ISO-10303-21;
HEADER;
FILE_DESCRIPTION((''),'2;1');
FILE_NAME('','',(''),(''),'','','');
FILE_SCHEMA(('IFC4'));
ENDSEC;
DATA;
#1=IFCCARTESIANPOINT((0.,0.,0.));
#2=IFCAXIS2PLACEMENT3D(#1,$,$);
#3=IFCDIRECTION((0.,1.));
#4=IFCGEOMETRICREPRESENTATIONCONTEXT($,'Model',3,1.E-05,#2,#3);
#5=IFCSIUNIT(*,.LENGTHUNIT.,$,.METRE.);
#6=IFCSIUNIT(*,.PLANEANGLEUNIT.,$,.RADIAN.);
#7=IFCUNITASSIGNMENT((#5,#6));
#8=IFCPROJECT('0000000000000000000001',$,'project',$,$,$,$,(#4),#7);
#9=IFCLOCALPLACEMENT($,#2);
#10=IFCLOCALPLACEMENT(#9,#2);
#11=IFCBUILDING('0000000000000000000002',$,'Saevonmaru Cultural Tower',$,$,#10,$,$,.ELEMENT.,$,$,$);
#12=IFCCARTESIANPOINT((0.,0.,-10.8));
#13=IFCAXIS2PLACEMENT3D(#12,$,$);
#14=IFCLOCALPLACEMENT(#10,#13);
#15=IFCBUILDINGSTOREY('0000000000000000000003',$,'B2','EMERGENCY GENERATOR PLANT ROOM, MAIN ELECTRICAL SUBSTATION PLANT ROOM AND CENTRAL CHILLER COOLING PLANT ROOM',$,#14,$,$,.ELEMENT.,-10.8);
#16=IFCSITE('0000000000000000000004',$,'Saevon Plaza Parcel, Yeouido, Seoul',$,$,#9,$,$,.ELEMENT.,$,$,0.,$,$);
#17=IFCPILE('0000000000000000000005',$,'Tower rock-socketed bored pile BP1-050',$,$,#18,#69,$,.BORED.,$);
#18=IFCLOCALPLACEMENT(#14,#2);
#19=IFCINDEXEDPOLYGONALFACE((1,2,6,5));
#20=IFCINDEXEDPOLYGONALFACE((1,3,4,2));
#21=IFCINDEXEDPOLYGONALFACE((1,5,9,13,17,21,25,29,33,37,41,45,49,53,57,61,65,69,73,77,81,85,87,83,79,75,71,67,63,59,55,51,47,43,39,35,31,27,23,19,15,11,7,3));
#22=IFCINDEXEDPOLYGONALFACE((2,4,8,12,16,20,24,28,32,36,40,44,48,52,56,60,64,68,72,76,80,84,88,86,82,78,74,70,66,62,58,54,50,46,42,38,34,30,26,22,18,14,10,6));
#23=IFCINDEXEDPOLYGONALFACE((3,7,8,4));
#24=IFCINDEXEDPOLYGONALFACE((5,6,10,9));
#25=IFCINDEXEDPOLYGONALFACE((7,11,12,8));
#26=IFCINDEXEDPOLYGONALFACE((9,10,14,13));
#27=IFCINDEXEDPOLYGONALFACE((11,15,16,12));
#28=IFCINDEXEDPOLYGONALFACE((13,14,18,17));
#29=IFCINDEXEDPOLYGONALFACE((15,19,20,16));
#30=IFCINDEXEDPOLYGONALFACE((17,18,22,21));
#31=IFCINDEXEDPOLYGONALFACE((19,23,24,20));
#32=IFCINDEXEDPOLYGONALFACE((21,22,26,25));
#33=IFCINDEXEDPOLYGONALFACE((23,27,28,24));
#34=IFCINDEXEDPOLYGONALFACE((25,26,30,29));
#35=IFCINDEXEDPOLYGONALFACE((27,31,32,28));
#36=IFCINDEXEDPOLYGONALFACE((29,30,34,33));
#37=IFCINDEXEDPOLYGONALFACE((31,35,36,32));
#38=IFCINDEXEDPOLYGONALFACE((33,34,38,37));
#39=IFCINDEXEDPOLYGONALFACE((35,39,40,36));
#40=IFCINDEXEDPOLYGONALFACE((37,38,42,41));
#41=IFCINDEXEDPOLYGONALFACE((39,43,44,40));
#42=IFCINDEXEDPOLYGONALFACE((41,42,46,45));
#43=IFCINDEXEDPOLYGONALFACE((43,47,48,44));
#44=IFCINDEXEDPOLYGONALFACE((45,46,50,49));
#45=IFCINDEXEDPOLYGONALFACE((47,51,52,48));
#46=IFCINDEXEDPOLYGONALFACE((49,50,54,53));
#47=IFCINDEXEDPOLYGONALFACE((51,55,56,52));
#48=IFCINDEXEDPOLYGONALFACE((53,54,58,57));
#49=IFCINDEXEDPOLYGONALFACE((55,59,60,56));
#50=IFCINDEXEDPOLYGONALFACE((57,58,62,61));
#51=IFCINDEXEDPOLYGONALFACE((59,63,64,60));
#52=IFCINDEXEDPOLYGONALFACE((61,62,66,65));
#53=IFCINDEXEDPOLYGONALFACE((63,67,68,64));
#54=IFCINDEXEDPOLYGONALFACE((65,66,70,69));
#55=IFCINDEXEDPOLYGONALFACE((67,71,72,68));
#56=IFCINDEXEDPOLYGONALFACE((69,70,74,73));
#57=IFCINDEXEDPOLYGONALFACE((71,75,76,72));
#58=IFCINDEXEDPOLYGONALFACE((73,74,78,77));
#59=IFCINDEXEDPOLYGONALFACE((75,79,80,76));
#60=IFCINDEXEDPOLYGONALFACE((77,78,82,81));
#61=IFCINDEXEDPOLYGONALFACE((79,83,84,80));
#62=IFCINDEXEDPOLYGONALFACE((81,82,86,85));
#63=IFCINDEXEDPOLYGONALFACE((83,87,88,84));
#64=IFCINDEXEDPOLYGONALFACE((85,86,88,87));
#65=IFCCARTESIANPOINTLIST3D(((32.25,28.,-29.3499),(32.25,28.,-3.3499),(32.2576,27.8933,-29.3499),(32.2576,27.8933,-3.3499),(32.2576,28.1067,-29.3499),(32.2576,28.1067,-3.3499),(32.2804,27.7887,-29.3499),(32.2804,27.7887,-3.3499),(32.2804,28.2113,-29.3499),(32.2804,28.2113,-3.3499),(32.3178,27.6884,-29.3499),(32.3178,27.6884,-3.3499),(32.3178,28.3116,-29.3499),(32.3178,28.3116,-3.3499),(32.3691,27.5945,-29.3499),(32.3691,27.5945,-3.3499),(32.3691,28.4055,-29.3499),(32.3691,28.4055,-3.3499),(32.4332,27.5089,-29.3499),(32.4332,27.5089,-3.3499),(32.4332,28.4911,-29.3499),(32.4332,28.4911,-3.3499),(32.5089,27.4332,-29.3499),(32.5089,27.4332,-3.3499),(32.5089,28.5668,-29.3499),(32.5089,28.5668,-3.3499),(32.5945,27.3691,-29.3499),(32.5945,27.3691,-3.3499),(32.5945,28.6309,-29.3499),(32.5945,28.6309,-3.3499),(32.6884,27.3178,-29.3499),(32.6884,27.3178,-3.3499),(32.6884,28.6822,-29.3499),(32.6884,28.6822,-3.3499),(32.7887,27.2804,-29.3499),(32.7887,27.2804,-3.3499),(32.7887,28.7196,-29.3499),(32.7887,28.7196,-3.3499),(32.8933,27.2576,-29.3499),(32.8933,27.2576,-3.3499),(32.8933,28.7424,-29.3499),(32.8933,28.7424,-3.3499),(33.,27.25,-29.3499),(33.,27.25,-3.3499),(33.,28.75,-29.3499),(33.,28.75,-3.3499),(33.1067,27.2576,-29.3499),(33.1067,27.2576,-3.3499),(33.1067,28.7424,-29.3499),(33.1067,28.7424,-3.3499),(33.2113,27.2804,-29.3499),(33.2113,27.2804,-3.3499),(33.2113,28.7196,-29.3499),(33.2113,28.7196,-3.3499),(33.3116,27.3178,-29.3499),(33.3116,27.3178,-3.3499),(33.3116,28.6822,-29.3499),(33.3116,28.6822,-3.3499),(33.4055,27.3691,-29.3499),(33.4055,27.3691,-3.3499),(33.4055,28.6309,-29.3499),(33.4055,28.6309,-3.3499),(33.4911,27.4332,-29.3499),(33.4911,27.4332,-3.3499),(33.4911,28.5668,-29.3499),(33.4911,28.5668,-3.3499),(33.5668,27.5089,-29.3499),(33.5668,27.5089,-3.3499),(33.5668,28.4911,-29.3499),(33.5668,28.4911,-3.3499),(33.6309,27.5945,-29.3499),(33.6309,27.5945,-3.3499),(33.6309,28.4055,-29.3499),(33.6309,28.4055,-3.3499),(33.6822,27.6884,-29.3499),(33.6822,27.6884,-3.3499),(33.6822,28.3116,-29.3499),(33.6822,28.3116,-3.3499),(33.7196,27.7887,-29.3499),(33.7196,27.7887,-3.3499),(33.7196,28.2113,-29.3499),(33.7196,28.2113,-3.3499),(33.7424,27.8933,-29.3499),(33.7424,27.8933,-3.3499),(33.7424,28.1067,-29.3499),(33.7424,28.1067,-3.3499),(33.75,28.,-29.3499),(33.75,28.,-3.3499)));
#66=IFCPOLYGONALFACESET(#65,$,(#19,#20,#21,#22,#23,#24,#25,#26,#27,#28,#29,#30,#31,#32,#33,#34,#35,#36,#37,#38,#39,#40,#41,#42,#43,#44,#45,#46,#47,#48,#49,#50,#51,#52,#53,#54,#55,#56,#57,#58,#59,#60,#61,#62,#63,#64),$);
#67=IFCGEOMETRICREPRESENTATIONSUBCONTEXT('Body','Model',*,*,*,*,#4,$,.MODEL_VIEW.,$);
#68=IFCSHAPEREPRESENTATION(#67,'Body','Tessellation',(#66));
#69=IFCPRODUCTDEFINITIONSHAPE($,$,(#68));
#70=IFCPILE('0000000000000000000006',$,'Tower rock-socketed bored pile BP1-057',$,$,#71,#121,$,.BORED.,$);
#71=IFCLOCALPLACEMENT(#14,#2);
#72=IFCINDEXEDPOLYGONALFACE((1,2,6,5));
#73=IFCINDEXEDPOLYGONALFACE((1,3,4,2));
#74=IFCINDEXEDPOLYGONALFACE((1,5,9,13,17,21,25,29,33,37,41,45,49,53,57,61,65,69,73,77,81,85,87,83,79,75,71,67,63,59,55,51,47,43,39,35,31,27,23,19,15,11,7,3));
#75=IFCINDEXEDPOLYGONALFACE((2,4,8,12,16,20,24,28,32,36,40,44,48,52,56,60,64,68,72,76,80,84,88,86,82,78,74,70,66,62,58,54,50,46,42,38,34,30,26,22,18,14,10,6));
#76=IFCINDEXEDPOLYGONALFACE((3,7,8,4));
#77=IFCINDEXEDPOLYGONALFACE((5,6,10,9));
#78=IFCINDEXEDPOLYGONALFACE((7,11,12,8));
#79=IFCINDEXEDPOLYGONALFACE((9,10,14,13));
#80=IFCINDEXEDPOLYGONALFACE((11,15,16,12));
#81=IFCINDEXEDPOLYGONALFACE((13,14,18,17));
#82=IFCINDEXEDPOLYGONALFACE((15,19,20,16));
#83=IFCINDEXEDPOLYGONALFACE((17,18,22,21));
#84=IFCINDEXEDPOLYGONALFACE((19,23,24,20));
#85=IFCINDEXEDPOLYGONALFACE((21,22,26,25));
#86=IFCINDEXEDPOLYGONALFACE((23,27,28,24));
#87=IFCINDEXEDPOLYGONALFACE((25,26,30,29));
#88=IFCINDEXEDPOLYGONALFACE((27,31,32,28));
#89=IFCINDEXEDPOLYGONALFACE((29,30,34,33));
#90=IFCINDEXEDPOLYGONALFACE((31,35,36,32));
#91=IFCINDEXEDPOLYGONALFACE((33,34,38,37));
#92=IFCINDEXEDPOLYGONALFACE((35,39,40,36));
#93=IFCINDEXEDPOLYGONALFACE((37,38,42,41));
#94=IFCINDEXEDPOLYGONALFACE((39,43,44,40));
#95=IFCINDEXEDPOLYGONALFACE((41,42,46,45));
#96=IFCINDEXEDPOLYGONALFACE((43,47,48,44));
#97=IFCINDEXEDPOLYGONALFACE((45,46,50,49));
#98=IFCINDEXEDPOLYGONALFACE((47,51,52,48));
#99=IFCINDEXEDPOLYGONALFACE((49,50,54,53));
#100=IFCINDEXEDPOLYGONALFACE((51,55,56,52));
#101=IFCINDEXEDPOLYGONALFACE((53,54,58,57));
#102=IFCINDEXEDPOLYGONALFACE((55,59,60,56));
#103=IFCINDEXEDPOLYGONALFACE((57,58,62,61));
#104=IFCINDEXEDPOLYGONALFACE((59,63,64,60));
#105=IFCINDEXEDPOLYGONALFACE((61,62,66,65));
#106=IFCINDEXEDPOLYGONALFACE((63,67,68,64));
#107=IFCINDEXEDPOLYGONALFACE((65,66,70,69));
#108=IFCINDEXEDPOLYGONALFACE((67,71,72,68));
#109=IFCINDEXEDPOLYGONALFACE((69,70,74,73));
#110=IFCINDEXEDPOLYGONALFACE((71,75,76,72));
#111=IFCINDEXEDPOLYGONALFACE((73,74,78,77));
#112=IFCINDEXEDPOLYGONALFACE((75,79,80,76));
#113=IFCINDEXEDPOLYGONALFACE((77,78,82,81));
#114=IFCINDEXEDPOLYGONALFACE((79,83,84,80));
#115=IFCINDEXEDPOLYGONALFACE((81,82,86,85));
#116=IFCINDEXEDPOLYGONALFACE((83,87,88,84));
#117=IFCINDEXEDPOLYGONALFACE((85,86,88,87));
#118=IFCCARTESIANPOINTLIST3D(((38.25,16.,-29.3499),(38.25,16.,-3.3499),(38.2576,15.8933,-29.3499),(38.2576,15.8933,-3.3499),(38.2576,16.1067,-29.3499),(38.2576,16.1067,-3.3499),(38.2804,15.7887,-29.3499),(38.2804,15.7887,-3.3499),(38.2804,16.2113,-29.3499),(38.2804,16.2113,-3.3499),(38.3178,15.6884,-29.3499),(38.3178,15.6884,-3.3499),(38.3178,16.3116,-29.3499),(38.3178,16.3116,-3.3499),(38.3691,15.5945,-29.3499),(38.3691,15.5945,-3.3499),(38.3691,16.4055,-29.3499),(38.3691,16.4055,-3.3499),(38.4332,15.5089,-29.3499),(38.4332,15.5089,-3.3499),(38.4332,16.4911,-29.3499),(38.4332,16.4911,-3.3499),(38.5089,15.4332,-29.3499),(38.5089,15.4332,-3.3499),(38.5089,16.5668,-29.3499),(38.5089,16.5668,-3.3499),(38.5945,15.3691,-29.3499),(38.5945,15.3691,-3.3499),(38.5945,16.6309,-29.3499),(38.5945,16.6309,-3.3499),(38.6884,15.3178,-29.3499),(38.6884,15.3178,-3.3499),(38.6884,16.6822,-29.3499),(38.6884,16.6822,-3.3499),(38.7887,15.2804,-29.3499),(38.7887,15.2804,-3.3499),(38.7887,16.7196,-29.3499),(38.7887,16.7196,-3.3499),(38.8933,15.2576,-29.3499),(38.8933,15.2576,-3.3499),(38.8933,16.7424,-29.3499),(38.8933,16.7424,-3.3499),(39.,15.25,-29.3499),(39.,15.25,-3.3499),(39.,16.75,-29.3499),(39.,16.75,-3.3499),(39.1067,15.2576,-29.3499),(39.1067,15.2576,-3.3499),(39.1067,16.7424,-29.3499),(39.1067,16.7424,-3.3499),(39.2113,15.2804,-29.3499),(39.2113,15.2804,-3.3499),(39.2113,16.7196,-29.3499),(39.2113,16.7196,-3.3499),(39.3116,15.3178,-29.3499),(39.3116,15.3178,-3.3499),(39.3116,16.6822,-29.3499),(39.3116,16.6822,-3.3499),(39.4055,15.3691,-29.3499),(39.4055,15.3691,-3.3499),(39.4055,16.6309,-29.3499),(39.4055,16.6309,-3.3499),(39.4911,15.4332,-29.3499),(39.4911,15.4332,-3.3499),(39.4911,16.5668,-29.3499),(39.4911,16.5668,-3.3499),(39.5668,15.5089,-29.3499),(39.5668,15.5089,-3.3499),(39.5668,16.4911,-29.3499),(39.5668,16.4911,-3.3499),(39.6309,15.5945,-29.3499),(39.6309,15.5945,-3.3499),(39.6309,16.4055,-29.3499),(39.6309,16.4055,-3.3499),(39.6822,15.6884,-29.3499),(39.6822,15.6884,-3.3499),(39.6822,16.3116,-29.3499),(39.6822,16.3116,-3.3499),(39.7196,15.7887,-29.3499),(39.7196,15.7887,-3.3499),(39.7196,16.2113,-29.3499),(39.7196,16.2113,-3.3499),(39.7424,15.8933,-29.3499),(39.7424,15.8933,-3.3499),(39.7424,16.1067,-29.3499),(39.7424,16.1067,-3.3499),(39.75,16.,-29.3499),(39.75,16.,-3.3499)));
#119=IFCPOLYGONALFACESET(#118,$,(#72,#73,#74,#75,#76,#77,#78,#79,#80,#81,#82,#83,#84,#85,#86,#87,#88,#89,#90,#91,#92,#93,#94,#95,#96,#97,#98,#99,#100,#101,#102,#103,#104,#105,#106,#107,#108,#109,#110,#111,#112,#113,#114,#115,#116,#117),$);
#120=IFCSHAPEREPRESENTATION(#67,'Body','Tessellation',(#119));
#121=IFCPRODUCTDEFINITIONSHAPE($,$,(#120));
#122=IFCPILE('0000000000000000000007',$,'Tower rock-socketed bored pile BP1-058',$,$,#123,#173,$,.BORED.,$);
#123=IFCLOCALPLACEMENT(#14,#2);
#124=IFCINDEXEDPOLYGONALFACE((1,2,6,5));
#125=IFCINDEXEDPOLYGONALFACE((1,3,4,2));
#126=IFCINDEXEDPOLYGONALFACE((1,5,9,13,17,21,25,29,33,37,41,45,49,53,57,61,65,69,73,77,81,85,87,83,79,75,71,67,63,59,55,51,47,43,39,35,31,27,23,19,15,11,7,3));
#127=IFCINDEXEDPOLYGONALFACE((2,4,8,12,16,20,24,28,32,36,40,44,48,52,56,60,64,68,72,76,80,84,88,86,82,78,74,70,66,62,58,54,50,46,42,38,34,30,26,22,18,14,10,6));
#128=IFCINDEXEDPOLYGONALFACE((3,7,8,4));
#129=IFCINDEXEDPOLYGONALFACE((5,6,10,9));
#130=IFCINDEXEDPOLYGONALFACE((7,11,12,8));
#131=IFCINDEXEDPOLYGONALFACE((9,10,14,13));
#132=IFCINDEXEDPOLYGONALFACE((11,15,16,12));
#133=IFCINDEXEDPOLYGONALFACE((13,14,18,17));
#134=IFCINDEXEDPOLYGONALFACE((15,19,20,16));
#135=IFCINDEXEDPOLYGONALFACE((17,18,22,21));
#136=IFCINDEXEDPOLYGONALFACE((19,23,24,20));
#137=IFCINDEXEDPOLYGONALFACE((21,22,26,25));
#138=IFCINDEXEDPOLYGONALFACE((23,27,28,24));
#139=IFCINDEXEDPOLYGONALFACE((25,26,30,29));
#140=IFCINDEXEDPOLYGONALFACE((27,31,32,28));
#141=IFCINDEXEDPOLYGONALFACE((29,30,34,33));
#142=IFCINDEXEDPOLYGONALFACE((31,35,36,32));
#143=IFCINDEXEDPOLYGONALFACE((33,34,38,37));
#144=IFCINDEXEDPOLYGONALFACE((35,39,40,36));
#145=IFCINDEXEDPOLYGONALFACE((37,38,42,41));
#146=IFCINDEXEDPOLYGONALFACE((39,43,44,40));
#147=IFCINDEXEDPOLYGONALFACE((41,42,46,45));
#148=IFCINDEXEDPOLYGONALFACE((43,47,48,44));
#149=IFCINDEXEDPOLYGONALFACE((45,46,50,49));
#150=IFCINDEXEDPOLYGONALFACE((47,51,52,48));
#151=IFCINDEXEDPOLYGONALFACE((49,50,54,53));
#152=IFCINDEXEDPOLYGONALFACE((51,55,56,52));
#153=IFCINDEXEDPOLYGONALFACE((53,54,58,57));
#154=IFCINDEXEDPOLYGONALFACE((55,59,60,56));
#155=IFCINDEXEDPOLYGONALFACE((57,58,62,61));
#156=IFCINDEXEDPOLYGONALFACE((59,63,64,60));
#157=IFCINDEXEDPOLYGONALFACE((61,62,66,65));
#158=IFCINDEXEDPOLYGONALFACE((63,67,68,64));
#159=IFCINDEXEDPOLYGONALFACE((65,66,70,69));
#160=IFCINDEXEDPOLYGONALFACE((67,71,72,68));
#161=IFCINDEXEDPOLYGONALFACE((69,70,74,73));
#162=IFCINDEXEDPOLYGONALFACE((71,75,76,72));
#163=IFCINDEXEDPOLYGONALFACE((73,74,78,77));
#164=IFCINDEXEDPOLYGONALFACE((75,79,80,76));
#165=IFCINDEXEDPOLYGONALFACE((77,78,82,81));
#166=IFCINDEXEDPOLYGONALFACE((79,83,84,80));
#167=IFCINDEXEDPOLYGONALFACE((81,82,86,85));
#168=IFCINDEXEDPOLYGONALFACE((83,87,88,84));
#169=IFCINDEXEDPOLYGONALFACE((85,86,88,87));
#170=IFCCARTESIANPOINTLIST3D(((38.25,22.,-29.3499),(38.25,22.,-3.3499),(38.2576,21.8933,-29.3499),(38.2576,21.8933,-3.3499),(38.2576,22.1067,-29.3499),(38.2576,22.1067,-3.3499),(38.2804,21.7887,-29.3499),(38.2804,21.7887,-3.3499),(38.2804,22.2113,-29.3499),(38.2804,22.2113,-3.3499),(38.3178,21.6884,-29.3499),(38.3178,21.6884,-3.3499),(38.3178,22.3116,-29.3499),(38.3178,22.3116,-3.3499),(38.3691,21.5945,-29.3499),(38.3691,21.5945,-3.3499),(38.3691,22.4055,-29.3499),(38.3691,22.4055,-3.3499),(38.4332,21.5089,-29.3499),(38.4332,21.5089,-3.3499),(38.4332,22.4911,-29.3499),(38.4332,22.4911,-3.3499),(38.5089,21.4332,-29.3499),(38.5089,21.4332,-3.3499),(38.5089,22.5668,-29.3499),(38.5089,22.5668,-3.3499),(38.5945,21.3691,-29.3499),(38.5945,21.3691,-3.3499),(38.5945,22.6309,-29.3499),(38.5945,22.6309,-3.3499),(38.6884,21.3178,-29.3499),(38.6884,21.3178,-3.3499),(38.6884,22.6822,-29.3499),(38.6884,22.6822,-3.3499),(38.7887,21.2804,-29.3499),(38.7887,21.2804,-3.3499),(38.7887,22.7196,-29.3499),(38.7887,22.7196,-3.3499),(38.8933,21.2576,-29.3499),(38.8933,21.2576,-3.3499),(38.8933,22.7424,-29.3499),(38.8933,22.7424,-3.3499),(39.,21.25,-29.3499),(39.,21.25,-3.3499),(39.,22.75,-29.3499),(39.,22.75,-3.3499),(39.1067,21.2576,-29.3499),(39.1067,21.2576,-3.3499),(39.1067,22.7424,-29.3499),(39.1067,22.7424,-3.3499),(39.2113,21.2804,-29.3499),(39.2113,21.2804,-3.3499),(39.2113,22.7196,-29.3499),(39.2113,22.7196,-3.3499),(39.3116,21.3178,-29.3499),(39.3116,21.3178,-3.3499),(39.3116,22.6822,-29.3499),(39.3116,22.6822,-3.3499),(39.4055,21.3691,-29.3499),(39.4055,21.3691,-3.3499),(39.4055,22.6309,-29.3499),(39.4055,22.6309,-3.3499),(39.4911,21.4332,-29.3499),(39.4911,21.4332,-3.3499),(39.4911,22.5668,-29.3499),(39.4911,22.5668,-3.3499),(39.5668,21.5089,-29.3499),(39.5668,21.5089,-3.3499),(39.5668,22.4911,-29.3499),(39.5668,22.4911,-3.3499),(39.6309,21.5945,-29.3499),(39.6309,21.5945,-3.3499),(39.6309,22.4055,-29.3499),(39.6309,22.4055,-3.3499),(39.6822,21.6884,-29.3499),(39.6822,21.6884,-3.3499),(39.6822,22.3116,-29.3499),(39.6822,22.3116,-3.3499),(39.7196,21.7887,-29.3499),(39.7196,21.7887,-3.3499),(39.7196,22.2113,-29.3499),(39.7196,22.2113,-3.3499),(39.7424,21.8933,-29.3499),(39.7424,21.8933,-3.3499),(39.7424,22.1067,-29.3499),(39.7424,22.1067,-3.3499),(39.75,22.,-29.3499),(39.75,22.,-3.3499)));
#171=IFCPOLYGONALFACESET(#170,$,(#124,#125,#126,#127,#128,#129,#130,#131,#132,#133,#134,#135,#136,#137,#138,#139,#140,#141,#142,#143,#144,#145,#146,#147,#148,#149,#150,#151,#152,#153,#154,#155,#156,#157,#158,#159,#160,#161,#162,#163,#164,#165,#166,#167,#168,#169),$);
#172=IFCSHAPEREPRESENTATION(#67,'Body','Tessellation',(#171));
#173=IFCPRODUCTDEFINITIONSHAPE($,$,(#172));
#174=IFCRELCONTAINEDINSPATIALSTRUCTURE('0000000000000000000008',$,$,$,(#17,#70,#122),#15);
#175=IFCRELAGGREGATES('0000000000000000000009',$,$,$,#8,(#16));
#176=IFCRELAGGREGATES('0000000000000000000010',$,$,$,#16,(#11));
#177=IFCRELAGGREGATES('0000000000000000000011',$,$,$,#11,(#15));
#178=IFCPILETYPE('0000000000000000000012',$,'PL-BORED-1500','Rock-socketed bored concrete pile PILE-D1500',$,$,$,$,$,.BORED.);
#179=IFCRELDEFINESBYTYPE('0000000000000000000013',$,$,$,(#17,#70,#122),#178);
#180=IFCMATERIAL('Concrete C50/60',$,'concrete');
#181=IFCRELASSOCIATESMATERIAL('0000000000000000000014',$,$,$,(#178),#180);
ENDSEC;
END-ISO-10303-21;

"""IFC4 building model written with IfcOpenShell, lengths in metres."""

from ifc_helpers import new_model, si_unit, direction, frame, origin, origin_2d, place, context, subcontext, project, spatial, circle, extrude, material, material_profile, profile_set, type_object, element, save


model = new_model("IFC4")

# Units and contexts
model_context = context("Model", 3, precision=1e-05, world=origin(), true_north=direction((0.0, 1.0)))
body_context = subcontext(model_context, "Body", "Model", "MODEL_VIEW")
ifc_project = project(units=[si_unit("LENGTHUNIT", "METRE"), si_unit("PLANEANGLEUNIT", "RADIAN")], contexts=[model_context])

# Site, building, storey
site_placement = place(None, origin())
site = spatial("IfcSite", under=ifc_project, at=site_placement, Name="Saevon Plaza Parcel, Yeouido, Seoul", CompositionType="ELEMENT", RefElevation=0.0)
building_placement = place(site_placement, origin())
building = spatial("IfcBuilding", under=site, at=building_placement, Name="Saevonmaru Cultural Tower", CompositionType="ELEMENT")
storey_placement = place(building_placement, frame((0.0, 0.0, -10.8)))
storey = spatial("IfcBuildingStorey", under=building, at=storey_placement, Name="B2", Description="EMERGENCY GENERATOR PLANT ROOM, MAIN ELECTRICAL SUBSTATION PLANT ROOM AND CENTRAL CHILLER COOLING PLANT ROOM", CompositionType="ELEMENT", Elevation=-10.8)

# Piles
ifc_material_1 = material(Name="Concrete C50/60", Category="concrete")
ifc_material_profile_1 = material_profile(ifc_material_1, circle(Radius=0.75, at=origin_2d()), Name="PILE-D1500")
ifc_profile_set_1 = profile_set([ifc_material_profile_1], Name="Concrete C50/60")
pile_type = type_object("IfcPileType", Name="PL-BORED-1500", Description="Rock-socketed bored concrete pile PILE-D1500", PredefinedType="BORED", material=ifc_profile_set_1)
for number, where, z_axis, x_axis, name in (
    (1, (33.0, 28.0, -3.3499), (0.0, 0.0, -1.0), (1.0, 0.0, 0.0), "Tower rock-socketed bored pile BP1-050"),
    (2, (39.0, 16.0, -3.3499), (0.0, 0.0, -1.0), (1.0, 0.0, 0.0), "Tower rock-socketed bored pile BP1-057"),
    (3, (39.0, 22.0, -3.3499), (0.0, 0.0, -1.0), (1.0, 0.0, 0.0), "Tower rock-socketed bored pile BP1-058"),
):
    element("IfcPile", number, at=place(storey_placement, frame(where, z_axis=z_axis, x_axis=x_axis)), inside=storey, type_object=pile_type, Name=name, PredefinedType="BORED", context=body_context, shape_type="SweptSolid", body=[
        extrude(circle(Radius=0.75, at=origin_2d()), origin(), (0.0, 0.0, 1.0), 26.0),
    ])

save(model, "model.ifc")
